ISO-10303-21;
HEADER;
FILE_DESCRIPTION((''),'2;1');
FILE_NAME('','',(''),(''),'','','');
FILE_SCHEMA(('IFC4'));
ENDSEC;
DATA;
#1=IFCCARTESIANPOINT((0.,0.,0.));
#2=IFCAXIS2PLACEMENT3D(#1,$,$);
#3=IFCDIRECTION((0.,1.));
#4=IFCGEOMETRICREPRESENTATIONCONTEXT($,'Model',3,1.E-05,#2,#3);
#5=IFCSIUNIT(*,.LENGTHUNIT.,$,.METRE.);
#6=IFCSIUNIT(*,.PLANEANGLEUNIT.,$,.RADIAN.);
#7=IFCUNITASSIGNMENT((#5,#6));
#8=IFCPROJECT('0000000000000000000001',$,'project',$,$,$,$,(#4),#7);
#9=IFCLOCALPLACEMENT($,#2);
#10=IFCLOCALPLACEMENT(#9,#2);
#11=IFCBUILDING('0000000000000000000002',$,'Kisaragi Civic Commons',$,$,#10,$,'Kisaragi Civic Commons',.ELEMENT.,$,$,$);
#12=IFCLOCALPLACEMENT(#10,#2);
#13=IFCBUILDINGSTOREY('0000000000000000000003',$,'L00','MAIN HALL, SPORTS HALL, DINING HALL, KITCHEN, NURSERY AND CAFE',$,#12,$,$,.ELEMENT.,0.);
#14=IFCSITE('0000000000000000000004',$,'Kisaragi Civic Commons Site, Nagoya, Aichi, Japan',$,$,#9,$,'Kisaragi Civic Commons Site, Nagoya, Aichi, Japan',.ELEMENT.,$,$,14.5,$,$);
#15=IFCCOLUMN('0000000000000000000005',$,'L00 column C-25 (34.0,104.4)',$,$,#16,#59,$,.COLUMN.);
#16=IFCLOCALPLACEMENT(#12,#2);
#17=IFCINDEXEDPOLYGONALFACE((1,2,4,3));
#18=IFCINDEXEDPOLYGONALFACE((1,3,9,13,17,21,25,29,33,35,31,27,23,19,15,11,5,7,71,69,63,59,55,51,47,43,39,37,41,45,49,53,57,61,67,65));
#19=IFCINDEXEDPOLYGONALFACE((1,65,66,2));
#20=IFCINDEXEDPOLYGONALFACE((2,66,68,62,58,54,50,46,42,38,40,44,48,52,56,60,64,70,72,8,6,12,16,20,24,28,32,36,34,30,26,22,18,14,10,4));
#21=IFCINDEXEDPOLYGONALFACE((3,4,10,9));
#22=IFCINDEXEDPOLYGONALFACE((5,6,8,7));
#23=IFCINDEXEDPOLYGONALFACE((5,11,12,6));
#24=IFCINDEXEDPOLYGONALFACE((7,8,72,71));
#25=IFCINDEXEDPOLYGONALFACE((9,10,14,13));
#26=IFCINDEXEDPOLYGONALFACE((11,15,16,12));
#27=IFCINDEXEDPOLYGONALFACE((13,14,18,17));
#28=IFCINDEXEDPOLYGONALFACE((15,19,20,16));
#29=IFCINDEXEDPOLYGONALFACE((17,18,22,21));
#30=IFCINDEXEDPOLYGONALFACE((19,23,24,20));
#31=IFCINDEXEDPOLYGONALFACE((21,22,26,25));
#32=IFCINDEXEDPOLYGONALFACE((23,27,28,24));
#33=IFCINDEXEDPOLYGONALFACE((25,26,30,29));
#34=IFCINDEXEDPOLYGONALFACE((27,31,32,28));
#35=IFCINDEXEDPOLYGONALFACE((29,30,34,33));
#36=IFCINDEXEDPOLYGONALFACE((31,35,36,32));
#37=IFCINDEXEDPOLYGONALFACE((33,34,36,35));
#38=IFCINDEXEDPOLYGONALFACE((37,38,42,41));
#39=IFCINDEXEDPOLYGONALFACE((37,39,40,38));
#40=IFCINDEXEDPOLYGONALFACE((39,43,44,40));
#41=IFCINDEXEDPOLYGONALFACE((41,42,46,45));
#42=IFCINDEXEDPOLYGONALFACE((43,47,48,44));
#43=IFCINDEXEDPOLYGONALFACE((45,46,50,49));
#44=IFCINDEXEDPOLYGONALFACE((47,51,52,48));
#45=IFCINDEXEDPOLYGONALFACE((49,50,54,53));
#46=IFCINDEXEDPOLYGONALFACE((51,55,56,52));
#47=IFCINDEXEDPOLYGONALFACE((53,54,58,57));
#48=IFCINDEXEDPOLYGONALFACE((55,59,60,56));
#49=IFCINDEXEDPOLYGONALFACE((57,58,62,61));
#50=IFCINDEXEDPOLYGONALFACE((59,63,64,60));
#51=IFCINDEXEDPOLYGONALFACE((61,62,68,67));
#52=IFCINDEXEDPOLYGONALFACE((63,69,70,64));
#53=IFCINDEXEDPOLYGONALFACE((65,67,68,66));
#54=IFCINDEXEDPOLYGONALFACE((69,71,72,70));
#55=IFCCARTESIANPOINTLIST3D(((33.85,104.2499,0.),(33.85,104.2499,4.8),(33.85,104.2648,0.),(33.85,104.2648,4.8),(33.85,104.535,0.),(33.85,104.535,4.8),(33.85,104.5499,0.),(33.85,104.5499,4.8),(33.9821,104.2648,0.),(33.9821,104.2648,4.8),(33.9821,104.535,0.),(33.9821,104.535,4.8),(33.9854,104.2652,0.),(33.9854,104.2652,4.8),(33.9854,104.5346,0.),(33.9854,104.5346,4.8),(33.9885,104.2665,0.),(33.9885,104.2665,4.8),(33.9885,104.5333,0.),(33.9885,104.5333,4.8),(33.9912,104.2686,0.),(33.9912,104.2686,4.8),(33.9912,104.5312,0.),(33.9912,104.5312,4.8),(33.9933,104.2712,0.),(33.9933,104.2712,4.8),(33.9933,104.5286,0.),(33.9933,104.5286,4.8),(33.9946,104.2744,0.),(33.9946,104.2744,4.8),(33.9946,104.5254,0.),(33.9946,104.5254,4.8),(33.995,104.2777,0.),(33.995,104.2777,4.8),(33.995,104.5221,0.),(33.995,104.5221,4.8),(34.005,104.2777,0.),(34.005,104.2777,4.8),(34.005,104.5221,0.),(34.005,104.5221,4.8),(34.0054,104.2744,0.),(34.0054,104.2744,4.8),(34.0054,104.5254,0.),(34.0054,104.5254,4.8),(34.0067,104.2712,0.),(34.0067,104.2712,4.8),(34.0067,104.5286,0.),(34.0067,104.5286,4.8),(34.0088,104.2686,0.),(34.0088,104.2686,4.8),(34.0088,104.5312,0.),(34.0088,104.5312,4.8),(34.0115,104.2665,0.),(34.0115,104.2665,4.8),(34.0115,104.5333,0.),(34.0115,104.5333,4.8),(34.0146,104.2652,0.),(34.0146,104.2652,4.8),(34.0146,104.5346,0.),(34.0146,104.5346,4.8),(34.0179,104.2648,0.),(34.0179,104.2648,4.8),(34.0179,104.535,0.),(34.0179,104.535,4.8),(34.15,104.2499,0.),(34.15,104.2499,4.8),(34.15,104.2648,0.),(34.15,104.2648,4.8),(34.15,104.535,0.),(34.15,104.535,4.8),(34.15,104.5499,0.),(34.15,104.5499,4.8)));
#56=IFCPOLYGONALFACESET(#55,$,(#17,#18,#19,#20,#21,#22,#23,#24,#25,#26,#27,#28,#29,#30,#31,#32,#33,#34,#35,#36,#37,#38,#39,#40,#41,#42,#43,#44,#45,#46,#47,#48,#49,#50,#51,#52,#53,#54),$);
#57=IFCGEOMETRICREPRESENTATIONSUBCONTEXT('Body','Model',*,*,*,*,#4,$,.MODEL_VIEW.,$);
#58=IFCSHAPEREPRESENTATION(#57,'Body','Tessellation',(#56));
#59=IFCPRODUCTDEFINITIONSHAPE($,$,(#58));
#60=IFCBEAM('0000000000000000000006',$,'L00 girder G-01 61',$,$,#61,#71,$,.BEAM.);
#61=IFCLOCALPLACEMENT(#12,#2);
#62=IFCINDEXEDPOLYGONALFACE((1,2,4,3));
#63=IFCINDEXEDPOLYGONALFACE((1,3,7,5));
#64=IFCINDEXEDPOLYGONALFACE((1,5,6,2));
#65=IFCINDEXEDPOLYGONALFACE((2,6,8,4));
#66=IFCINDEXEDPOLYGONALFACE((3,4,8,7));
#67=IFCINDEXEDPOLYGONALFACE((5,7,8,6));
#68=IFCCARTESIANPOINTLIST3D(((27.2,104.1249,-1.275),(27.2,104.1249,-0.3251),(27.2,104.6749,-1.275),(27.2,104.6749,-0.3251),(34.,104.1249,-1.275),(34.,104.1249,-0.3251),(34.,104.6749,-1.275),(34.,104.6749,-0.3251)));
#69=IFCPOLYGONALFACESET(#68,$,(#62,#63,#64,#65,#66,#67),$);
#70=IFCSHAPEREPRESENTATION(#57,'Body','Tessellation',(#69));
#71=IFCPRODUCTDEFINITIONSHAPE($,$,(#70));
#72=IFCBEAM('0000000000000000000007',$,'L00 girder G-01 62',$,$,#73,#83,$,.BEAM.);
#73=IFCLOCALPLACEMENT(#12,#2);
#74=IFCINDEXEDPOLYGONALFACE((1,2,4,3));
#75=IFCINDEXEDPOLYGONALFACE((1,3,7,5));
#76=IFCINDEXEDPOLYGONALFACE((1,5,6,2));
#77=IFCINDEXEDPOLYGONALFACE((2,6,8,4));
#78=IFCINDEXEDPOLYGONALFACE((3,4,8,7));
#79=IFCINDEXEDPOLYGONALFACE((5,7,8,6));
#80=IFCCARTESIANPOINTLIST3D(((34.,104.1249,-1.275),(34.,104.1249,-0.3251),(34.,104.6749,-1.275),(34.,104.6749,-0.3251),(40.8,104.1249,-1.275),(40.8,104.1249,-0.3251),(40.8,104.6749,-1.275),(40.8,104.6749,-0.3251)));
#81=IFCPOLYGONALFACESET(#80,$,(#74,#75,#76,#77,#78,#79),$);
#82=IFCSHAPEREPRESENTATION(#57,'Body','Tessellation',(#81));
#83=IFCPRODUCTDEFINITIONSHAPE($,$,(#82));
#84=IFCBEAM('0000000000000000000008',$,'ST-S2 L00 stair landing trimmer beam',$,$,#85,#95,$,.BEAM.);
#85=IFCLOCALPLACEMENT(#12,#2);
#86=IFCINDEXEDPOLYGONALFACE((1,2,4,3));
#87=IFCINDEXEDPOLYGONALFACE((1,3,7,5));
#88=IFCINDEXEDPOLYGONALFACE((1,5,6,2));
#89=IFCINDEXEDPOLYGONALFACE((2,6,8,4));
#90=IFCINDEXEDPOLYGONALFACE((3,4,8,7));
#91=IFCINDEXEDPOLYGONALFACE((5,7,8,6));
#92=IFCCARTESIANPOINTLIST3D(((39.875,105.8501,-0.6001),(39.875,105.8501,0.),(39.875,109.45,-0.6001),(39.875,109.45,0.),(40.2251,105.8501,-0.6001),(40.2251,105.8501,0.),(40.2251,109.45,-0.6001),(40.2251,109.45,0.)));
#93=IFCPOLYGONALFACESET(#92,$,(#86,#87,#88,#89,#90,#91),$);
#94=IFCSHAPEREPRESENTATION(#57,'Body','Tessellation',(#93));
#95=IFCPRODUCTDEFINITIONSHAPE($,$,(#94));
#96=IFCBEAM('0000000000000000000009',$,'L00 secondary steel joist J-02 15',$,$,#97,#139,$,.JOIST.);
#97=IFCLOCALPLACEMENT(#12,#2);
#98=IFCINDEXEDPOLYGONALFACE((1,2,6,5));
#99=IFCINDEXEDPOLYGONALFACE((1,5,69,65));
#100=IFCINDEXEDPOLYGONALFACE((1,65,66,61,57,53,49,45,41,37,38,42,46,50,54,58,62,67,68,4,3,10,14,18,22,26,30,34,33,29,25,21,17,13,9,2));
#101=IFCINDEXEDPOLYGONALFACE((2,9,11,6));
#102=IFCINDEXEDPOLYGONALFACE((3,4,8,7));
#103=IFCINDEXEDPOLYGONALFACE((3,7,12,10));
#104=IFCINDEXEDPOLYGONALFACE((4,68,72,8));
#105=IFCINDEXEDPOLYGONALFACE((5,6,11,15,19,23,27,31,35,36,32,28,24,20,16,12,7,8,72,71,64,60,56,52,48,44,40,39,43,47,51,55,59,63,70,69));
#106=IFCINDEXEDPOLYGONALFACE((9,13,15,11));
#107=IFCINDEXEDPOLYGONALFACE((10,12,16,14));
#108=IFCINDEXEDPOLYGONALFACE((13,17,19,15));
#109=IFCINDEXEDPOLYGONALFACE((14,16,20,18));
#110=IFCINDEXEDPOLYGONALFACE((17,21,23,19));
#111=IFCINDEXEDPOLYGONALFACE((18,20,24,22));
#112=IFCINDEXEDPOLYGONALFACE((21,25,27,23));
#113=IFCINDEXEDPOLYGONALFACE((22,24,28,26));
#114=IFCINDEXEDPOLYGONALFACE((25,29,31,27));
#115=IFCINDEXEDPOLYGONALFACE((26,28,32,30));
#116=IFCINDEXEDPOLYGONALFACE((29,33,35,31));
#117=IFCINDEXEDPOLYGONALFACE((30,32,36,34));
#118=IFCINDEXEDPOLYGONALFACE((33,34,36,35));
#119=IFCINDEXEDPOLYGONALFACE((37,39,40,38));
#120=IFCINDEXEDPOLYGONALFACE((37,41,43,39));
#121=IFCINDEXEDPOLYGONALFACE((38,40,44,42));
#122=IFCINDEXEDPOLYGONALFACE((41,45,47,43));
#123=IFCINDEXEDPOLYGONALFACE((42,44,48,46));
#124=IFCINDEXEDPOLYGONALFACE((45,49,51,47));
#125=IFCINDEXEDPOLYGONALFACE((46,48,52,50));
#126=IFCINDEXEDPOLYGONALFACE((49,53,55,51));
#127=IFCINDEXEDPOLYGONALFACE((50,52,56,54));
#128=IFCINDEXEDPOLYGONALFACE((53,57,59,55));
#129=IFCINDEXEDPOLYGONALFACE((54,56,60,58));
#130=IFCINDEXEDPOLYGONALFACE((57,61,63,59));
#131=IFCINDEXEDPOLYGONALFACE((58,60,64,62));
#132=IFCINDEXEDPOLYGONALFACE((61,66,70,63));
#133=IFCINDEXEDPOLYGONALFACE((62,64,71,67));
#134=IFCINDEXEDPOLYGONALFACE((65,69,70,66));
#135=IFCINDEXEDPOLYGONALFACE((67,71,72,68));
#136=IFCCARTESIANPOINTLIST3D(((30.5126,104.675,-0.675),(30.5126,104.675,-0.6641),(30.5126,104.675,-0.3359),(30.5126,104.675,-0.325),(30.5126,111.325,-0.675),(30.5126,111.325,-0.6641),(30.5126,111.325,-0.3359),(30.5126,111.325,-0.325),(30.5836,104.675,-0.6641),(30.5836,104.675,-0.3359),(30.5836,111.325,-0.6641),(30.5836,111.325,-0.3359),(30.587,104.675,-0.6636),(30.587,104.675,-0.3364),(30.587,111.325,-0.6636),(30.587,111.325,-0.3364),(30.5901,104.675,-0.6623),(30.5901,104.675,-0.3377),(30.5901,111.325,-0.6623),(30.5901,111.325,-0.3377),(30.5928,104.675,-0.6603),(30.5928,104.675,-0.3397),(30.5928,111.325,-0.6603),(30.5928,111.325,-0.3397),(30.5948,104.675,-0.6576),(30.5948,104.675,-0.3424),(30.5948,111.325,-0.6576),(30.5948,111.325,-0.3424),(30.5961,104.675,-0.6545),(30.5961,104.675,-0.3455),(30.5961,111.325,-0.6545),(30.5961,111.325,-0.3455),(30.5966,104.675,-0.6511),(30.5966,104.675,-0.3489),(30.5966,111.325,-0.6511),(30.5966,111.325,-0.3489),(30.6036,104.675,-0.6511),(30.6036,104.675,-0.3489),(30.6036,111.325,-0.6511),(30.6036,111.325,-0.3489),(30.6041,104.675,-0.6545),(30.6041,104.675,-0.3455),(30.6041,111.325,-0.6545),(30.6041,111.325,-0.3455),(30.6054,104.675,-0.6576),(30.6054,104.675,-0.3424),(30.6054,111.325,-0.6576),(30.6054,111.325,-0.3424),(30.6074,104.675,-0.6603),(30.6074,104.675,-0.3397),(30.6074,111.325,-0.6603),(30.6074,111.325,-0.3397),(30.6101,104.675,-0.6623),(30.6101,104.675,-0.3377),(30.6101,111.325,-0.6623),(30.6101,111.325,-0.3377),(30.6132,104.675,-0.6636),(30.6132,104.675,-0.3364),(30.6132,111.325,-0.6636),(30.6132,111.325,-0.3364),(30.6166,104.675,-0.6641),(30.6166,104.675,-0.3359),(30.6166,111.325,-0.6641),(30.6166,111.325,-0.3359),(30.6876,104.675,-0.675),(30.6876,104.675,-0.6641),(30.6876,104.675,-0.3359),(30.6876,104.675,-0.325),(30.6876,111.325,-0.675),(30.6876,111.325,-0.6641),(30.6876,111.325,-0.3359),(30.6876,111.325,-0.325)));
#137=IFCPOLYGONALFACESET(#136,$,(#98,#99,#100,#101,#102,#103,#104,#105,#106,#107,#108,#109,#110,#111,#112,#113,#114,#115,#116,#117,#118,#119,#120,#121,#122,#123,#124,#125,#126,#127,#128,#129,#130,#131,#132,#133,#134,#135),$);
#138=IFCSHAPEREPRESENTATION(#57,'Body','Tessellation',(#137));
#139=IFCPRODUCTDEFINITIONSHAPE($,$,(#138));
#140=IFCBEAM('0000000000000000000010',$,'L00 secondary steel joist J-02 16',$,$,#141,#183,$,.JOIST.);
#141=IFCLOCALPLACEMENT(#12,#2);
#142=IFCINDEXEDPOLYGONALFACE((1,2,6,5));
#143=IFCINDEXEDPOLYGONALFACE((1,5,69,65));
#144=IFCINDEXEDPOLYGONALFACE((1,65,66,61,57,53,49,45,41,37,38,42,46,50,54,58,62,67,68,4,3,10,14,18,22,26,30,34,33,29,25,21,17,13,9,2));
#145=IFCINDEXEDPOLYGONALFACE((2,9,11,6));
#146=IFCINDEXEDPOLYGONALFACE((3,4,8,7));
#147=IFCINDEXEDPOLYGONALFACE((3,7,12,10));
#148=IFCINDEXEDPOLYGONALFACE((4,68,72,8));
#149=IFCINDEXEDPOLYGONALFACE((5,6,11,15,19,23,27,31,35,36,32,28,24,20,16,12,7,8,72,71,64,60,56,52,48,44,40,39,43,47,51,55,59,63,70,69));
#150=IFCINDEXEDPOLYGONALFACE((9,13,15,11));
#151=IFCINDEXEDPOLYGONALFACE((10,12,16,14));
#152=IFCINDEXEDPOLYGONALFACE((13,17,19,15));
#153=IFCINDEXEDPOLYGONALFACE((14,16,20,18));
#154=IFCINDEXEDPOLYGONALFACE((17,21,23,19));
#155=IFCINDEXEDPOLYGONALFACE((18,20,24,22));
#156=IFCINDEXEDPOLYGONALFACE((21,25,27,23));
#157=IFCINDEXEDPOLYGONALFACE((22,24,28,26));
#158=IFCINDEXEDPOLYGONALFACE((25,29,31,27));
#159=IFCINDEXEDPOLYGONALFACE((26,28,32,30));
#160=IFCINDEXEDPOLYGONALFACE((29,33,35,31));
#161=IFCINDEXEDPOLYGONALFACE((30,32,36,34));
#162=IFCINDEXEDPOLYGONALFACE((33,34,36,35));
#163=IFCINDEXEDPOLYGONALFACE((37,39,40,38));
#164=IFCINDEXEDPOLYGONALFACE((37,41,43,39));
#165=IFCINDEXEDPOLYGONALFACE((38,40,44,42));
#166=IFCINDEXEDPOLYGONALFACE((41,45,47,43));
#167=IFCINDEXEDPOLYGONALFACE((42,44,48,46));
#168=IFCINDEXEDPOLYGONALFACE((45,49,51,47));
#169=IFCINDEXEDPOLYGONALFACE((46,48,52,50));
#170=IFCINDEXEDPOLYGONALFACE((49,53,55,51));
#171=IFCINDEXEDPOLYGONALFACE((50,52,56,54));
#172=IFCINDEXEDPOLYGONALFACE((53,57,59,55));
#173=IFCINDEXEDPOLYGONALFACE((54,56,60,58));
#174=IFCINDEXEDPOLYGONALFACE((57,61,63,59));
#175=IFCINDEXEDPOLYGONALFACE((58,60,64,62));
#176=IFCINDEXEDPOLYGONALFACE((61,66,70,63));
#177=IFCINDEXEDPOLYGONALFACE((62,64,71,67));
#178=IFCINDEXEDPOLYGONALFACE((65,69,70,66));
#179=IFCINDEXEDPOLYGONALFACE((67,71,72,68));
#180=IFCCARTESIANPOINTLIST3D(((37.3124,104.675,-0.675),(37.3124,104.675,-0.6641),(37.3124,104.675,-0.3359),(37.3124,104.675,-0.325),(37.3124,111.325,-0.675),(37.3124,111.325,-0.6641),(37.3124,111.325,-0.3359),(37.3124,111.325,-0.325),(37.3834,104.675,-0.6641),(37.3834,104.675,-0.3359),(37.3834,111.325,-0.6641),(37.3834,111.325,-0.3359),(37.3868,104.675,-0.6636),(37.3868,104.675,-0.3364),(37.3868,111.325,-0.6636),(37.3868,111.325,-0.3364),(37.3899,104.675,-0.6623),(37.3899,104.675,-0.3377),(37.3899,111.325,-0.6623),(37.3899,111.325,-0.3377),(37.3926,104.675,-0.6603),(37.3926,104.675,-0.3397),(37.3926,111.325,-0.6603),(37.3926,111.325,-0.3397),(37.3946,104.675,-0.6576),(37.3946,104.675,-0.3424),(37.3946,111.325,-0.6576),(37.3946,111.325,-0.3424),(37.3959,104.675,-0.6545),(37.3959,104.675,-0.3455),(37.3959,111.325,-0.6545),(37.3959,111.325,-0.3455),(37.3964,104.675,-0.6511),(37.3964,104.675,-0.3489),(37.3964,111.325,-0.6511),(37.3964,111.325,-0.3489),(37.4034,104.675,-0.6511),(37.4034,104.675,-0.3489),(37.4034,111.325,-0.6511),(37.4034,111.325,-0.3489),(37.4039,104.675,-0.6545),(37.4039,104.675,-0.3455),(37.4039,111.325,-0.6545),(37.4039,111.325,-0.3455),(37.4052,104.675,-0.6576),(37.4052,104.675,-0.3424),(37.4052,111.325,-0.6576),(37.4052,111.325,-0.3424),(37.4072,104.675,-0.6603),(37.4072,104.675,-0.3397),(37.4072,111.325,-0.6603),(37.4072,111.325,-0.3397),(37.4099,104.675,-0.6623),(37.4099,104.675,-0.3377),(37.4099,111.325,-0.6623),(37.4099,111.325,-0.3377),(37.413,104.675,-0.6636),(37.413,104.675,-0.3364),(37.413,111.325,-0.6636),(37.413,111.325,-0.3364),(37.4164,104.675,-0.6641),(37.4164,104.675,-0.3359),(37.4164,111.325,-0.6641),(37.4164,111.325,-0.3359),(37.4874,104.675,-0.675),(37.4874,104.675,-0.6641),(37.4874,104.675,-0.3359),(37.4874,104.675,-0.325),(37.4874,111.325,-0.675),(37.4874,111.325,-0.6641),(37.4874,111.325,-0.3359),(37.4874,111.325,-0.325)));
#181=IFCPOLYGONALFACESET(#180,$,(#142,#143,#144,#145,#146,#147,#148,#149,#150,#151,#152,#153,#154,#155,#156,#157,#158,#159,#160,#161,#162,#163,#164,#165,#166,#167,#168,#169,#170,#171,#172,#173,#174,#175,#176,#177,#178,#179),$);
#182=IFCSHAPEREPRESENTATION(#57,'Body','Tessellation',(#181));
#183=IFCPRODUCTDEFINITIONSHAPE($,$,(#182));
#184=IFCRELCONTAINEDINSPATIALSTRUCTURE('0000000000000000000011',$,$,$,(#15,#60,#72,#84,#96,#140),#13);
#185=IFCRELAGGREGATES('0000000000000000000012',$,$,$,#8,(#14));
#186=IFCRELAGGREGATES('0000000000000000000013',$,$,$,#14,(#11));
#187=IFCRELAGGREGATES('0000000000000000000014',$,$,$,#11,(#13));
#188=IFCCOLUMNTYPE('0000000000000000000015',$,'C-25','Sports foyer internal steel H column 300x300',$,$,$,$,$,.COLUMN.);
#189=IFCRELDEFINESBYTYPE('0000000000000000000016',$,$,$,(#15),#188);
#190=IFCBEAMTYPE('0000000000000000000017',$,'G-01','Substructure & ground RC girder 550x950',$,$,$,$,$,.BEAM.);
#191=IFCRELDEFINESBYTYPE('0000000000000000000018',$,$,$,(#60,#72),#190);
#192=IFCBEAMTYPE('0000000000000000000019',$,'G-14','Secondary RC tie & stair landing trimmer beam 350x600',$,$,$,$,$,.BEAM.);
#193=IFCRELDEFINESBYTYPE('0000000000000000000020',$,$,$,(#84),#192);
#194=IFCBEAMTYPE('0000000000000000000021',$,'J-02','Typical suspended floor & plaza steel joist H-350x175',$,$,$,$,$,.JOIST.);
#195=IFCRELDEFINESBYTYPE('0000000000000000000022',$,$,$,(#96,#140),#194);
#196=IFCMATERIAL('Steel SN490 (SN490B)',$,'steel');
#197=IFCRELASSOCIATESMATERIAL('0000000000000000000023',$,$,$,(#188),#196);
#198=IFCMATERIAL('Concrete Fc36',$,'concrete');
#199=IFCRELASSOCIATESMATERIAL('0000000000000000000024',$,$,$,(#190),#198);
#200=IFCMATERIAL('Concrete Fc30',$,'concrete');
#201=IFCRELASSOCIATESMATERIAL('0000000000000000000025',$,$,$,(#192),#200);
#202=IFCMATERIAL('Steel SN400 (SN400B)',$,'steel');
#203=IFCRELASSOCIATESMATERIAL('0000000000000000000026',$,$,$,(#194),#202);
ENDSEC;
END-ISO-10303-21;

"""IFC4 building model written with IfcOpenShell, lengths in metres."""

from ifc_helpers import new_model, si_unit, direction, frame, origin, origin_2d, place, context, subcontext, project, spatial, rectangle, i_section, extrude, material, material_profile, profile_set, type_object, element, save


model = new_model("IFC4")

# Units and contexts
model_context = context("Model", 3, precision=1e-05, world=origin(), true_north=direction((0.0, 1.0)))
body_context = subcontext(model_context, "Body", "Model", "MODEL_VIEW")
ifc_project = project(units=[si_unit("LENGTHUNIT", "METRE"), si_unit("PLANEANGLEUNIT", "RADIAN")], contexts=[model_context])

# Site, building, storey
site_placement = place(None, origin())
site = spatial("IfcSite", under=ifc_project, at=site_placement, Name="Kisaragi Civic Commons Site, Nagoya, Aichi, Japan", LongName="Kisaragi Civic Commons Site, Nagoya, Aichi, Japan", CompositionType="ELEMENT", RefElevation=14.5)
building_placement = place(site_placement, origin())
building = spatial("IfcBuilding", under=site, at=building_placement, Name="Kisaragi Civic Commons", LongName="Kisaragi Civic Commons", CompositionType="ELEMENT")
storey_placement = place(building_placement, origin())
storey = spatial("IfcBuildingStorey", under=building, at=storey_placement, Name="L00", Description="MAIN HALL, SPORTS HALL, DINING HALL, KITCHEN, NURSERY AND CAFE", CompositionType="ELEMENT", Elevation=0.0)

# Column
ifc_material_1 = material(Name="Steel SN490 (SN490B)", Category="steel")
ifc_material_profile_1 = material_profile(ifc_material_1, i_section(OverallWidth=0.3, OverallDepth=0.3, WebThickness=0.01, FlangeThickness=0.0149, FilletRadius=0.0129, at=origin_2d()), Name="H-300x300x10x15", Category="steel")
ifc_profile_set_1 = profile_set([ifc_material_profile_1], Name="Steel SN490 (SN490B)")
column_type = type_object("IfcColumnType", Name="C-25", Description="Sports foyer internal steel H column 300x300", PredefinedType="COLUMN", material=ifc_profile_set_1)
column_placement = place(storey_placement, frame((34.0, 104.3999, 0.0), z_axis=(0.0, 0.0, 1.0), x_axis=(1.0, 0.0, 0.0)))
element("IfcColumn", 1, at=column_placement, inside=storey, type_object=column_type, Name="L00 column C-25 (34.0,104.4)", PredefinedType="COLUMN", context=body_context, shape_type="SweptSolid", body=[
    extrude(i_section(OverallWidth=0.3, OverallDepth=0.3, WebThickness=0.01, FlangeThickness=0.0149, FilletRadius=0.0129, at=origin_2d()), origin(), (0.0, 0.0, 1.0), 4.8),
])

# Beams
ifc_material_2 = material(Name="Concrete Fc36", Category="concrete")
ifc_material_profile_2 = material_profile(ifc_material_2, rectangle(XDim=0.55, YDim=0.95, at=origin_2d()), Name="RC-550x950", Category="concrete")
ifc_profile_set_2 = profile_set([ifc_material_profile_2], Name="Concrete Fc36")
beam_type_1 = type_object("IfcBeamType", Name="G-01", Description="Substructure & ground RC girder 550x950", PredefinedType="BEAM", material=ifc_profile_set_2)
for number, where, z_axis, x_axis, name in (
    (2, (27.2, 104.3999, -0.8), (1.0, 0.0, 0.0), (0.0, 1.0, 0.0), "L00 girder G-01 61"),
    (3, (34.0, 104.3999, -0.8), (1.0, 0.0, 0.0), (0.0, 1.0, 0.0), "L00 girder G-01 62"),
):
    element("IfcBeam", number, at=place(storey_placement, frame(where, z_axis=z_axis, x_axis=x_axis)), inside=storey, type_object=beam_type_1, Name=name, PredefinedType="BEAM", context=body_context, shape_type="SweptSolid", body=[
        extrude(rectangle(XDim=0.55, YDim=0.95, at=origin_2d()), origin(), (0.0, 0.0, 1.0), 6.8),
    ])
ifc_material_3 = material(Name="Concrete Fc30", Category="concrete")
ifc_material_profile_3 = material_profile(ifc_material_3, rectangle(XDim=0.3501, YDim=0.6001, at=origin_2d()), Name="RC-350x600", Category="concrete")
ifc_profile_set_3 = profile_set([ifc_material_profile_3], Name="Concrete Fc30")
beam_type_2 = type_object("IfcBeamType", Name="G-14", Description="Secondary RC tie & stair landing trimmer beam 350x600", PredefinedType="BEAM", material=ifc_profile_set_3)
beam_placement = place(storey_placement, frame((40.05, 105.8501, -0.3), z_axis=(0.0, 1.0, 0.0), x_axis=(-1.0, 0.0, 0.0)))
element("IfcBeam", 4, at=beam_placement, inside=storey, type_object=beam_type_2, Name="ST-S2 L00 stair landing trimmer beam", PredefinedType="BEAM", context=body_context, shape_type="SweptSolid", body=[
    extrude(rectangle(XDim=0.3501, YDim=0.6001, at=origin_2d()), origin(), (0.0, 0.0, 1.0), 3.5999),
])
ifc_material_4 = material(Name="Steel SN400 (SN400B)", Category="steel")
ifc_material_profile_4 = material_profile(ifc_material_4, i_section(OverallWidth=0.175, OverallDepth=0.3501, WebThickness=0.0071, FlangeThickness=0.011, FilletRadius=0.0129, at=origin_2d()), Name="H-350x175x7x11", Category="steel")
ifc_profile_set_4 = profile_set([ifc_material_profile_4], Name="Steel SN400 (SN400B)")
beam_type_3 = type_object("IfcBeamType", Name="J-02", Description="Typical suspended floor & plaza steel joist H-350x175", PredefinedType="JOIST", material=ifc_profile_set_4)
for number, where, z_axis, x_axis, name in (
    (5, (30.6001, 104.675, -0.5), (0.0, 1.0, 0.0), (-1.0, 0.0, 0.0), "L00 secondary steel joist J-02 15"),
    (6, (37.3999, 104.675, -0.5), (0.0, 1.0, 0.0), (-1.0, 0.0, 0.0), "L00 secondary steel joist J-02 16"),
):
    element("IfcBeam", number, at=place(storey_placement, frame(where, z_axis=z_axis, x_axis=x_axis)), inside=storey, type_object=beam_type_3, Name=name, PredefinedType="JOIST", context=body_context, shape_type="SweptSolid", body=[
        extrude(i_section(OverallWidth=0.175, OverallDepth=0.3501, WebThickness=0.0071, FlangeThickness=0.011, FilletRadius=0.0129, at=origin_2d()), origin(), (0.0, 0.0, 1.0), 6.6499),
    ])

save(model, "model.ifc")
